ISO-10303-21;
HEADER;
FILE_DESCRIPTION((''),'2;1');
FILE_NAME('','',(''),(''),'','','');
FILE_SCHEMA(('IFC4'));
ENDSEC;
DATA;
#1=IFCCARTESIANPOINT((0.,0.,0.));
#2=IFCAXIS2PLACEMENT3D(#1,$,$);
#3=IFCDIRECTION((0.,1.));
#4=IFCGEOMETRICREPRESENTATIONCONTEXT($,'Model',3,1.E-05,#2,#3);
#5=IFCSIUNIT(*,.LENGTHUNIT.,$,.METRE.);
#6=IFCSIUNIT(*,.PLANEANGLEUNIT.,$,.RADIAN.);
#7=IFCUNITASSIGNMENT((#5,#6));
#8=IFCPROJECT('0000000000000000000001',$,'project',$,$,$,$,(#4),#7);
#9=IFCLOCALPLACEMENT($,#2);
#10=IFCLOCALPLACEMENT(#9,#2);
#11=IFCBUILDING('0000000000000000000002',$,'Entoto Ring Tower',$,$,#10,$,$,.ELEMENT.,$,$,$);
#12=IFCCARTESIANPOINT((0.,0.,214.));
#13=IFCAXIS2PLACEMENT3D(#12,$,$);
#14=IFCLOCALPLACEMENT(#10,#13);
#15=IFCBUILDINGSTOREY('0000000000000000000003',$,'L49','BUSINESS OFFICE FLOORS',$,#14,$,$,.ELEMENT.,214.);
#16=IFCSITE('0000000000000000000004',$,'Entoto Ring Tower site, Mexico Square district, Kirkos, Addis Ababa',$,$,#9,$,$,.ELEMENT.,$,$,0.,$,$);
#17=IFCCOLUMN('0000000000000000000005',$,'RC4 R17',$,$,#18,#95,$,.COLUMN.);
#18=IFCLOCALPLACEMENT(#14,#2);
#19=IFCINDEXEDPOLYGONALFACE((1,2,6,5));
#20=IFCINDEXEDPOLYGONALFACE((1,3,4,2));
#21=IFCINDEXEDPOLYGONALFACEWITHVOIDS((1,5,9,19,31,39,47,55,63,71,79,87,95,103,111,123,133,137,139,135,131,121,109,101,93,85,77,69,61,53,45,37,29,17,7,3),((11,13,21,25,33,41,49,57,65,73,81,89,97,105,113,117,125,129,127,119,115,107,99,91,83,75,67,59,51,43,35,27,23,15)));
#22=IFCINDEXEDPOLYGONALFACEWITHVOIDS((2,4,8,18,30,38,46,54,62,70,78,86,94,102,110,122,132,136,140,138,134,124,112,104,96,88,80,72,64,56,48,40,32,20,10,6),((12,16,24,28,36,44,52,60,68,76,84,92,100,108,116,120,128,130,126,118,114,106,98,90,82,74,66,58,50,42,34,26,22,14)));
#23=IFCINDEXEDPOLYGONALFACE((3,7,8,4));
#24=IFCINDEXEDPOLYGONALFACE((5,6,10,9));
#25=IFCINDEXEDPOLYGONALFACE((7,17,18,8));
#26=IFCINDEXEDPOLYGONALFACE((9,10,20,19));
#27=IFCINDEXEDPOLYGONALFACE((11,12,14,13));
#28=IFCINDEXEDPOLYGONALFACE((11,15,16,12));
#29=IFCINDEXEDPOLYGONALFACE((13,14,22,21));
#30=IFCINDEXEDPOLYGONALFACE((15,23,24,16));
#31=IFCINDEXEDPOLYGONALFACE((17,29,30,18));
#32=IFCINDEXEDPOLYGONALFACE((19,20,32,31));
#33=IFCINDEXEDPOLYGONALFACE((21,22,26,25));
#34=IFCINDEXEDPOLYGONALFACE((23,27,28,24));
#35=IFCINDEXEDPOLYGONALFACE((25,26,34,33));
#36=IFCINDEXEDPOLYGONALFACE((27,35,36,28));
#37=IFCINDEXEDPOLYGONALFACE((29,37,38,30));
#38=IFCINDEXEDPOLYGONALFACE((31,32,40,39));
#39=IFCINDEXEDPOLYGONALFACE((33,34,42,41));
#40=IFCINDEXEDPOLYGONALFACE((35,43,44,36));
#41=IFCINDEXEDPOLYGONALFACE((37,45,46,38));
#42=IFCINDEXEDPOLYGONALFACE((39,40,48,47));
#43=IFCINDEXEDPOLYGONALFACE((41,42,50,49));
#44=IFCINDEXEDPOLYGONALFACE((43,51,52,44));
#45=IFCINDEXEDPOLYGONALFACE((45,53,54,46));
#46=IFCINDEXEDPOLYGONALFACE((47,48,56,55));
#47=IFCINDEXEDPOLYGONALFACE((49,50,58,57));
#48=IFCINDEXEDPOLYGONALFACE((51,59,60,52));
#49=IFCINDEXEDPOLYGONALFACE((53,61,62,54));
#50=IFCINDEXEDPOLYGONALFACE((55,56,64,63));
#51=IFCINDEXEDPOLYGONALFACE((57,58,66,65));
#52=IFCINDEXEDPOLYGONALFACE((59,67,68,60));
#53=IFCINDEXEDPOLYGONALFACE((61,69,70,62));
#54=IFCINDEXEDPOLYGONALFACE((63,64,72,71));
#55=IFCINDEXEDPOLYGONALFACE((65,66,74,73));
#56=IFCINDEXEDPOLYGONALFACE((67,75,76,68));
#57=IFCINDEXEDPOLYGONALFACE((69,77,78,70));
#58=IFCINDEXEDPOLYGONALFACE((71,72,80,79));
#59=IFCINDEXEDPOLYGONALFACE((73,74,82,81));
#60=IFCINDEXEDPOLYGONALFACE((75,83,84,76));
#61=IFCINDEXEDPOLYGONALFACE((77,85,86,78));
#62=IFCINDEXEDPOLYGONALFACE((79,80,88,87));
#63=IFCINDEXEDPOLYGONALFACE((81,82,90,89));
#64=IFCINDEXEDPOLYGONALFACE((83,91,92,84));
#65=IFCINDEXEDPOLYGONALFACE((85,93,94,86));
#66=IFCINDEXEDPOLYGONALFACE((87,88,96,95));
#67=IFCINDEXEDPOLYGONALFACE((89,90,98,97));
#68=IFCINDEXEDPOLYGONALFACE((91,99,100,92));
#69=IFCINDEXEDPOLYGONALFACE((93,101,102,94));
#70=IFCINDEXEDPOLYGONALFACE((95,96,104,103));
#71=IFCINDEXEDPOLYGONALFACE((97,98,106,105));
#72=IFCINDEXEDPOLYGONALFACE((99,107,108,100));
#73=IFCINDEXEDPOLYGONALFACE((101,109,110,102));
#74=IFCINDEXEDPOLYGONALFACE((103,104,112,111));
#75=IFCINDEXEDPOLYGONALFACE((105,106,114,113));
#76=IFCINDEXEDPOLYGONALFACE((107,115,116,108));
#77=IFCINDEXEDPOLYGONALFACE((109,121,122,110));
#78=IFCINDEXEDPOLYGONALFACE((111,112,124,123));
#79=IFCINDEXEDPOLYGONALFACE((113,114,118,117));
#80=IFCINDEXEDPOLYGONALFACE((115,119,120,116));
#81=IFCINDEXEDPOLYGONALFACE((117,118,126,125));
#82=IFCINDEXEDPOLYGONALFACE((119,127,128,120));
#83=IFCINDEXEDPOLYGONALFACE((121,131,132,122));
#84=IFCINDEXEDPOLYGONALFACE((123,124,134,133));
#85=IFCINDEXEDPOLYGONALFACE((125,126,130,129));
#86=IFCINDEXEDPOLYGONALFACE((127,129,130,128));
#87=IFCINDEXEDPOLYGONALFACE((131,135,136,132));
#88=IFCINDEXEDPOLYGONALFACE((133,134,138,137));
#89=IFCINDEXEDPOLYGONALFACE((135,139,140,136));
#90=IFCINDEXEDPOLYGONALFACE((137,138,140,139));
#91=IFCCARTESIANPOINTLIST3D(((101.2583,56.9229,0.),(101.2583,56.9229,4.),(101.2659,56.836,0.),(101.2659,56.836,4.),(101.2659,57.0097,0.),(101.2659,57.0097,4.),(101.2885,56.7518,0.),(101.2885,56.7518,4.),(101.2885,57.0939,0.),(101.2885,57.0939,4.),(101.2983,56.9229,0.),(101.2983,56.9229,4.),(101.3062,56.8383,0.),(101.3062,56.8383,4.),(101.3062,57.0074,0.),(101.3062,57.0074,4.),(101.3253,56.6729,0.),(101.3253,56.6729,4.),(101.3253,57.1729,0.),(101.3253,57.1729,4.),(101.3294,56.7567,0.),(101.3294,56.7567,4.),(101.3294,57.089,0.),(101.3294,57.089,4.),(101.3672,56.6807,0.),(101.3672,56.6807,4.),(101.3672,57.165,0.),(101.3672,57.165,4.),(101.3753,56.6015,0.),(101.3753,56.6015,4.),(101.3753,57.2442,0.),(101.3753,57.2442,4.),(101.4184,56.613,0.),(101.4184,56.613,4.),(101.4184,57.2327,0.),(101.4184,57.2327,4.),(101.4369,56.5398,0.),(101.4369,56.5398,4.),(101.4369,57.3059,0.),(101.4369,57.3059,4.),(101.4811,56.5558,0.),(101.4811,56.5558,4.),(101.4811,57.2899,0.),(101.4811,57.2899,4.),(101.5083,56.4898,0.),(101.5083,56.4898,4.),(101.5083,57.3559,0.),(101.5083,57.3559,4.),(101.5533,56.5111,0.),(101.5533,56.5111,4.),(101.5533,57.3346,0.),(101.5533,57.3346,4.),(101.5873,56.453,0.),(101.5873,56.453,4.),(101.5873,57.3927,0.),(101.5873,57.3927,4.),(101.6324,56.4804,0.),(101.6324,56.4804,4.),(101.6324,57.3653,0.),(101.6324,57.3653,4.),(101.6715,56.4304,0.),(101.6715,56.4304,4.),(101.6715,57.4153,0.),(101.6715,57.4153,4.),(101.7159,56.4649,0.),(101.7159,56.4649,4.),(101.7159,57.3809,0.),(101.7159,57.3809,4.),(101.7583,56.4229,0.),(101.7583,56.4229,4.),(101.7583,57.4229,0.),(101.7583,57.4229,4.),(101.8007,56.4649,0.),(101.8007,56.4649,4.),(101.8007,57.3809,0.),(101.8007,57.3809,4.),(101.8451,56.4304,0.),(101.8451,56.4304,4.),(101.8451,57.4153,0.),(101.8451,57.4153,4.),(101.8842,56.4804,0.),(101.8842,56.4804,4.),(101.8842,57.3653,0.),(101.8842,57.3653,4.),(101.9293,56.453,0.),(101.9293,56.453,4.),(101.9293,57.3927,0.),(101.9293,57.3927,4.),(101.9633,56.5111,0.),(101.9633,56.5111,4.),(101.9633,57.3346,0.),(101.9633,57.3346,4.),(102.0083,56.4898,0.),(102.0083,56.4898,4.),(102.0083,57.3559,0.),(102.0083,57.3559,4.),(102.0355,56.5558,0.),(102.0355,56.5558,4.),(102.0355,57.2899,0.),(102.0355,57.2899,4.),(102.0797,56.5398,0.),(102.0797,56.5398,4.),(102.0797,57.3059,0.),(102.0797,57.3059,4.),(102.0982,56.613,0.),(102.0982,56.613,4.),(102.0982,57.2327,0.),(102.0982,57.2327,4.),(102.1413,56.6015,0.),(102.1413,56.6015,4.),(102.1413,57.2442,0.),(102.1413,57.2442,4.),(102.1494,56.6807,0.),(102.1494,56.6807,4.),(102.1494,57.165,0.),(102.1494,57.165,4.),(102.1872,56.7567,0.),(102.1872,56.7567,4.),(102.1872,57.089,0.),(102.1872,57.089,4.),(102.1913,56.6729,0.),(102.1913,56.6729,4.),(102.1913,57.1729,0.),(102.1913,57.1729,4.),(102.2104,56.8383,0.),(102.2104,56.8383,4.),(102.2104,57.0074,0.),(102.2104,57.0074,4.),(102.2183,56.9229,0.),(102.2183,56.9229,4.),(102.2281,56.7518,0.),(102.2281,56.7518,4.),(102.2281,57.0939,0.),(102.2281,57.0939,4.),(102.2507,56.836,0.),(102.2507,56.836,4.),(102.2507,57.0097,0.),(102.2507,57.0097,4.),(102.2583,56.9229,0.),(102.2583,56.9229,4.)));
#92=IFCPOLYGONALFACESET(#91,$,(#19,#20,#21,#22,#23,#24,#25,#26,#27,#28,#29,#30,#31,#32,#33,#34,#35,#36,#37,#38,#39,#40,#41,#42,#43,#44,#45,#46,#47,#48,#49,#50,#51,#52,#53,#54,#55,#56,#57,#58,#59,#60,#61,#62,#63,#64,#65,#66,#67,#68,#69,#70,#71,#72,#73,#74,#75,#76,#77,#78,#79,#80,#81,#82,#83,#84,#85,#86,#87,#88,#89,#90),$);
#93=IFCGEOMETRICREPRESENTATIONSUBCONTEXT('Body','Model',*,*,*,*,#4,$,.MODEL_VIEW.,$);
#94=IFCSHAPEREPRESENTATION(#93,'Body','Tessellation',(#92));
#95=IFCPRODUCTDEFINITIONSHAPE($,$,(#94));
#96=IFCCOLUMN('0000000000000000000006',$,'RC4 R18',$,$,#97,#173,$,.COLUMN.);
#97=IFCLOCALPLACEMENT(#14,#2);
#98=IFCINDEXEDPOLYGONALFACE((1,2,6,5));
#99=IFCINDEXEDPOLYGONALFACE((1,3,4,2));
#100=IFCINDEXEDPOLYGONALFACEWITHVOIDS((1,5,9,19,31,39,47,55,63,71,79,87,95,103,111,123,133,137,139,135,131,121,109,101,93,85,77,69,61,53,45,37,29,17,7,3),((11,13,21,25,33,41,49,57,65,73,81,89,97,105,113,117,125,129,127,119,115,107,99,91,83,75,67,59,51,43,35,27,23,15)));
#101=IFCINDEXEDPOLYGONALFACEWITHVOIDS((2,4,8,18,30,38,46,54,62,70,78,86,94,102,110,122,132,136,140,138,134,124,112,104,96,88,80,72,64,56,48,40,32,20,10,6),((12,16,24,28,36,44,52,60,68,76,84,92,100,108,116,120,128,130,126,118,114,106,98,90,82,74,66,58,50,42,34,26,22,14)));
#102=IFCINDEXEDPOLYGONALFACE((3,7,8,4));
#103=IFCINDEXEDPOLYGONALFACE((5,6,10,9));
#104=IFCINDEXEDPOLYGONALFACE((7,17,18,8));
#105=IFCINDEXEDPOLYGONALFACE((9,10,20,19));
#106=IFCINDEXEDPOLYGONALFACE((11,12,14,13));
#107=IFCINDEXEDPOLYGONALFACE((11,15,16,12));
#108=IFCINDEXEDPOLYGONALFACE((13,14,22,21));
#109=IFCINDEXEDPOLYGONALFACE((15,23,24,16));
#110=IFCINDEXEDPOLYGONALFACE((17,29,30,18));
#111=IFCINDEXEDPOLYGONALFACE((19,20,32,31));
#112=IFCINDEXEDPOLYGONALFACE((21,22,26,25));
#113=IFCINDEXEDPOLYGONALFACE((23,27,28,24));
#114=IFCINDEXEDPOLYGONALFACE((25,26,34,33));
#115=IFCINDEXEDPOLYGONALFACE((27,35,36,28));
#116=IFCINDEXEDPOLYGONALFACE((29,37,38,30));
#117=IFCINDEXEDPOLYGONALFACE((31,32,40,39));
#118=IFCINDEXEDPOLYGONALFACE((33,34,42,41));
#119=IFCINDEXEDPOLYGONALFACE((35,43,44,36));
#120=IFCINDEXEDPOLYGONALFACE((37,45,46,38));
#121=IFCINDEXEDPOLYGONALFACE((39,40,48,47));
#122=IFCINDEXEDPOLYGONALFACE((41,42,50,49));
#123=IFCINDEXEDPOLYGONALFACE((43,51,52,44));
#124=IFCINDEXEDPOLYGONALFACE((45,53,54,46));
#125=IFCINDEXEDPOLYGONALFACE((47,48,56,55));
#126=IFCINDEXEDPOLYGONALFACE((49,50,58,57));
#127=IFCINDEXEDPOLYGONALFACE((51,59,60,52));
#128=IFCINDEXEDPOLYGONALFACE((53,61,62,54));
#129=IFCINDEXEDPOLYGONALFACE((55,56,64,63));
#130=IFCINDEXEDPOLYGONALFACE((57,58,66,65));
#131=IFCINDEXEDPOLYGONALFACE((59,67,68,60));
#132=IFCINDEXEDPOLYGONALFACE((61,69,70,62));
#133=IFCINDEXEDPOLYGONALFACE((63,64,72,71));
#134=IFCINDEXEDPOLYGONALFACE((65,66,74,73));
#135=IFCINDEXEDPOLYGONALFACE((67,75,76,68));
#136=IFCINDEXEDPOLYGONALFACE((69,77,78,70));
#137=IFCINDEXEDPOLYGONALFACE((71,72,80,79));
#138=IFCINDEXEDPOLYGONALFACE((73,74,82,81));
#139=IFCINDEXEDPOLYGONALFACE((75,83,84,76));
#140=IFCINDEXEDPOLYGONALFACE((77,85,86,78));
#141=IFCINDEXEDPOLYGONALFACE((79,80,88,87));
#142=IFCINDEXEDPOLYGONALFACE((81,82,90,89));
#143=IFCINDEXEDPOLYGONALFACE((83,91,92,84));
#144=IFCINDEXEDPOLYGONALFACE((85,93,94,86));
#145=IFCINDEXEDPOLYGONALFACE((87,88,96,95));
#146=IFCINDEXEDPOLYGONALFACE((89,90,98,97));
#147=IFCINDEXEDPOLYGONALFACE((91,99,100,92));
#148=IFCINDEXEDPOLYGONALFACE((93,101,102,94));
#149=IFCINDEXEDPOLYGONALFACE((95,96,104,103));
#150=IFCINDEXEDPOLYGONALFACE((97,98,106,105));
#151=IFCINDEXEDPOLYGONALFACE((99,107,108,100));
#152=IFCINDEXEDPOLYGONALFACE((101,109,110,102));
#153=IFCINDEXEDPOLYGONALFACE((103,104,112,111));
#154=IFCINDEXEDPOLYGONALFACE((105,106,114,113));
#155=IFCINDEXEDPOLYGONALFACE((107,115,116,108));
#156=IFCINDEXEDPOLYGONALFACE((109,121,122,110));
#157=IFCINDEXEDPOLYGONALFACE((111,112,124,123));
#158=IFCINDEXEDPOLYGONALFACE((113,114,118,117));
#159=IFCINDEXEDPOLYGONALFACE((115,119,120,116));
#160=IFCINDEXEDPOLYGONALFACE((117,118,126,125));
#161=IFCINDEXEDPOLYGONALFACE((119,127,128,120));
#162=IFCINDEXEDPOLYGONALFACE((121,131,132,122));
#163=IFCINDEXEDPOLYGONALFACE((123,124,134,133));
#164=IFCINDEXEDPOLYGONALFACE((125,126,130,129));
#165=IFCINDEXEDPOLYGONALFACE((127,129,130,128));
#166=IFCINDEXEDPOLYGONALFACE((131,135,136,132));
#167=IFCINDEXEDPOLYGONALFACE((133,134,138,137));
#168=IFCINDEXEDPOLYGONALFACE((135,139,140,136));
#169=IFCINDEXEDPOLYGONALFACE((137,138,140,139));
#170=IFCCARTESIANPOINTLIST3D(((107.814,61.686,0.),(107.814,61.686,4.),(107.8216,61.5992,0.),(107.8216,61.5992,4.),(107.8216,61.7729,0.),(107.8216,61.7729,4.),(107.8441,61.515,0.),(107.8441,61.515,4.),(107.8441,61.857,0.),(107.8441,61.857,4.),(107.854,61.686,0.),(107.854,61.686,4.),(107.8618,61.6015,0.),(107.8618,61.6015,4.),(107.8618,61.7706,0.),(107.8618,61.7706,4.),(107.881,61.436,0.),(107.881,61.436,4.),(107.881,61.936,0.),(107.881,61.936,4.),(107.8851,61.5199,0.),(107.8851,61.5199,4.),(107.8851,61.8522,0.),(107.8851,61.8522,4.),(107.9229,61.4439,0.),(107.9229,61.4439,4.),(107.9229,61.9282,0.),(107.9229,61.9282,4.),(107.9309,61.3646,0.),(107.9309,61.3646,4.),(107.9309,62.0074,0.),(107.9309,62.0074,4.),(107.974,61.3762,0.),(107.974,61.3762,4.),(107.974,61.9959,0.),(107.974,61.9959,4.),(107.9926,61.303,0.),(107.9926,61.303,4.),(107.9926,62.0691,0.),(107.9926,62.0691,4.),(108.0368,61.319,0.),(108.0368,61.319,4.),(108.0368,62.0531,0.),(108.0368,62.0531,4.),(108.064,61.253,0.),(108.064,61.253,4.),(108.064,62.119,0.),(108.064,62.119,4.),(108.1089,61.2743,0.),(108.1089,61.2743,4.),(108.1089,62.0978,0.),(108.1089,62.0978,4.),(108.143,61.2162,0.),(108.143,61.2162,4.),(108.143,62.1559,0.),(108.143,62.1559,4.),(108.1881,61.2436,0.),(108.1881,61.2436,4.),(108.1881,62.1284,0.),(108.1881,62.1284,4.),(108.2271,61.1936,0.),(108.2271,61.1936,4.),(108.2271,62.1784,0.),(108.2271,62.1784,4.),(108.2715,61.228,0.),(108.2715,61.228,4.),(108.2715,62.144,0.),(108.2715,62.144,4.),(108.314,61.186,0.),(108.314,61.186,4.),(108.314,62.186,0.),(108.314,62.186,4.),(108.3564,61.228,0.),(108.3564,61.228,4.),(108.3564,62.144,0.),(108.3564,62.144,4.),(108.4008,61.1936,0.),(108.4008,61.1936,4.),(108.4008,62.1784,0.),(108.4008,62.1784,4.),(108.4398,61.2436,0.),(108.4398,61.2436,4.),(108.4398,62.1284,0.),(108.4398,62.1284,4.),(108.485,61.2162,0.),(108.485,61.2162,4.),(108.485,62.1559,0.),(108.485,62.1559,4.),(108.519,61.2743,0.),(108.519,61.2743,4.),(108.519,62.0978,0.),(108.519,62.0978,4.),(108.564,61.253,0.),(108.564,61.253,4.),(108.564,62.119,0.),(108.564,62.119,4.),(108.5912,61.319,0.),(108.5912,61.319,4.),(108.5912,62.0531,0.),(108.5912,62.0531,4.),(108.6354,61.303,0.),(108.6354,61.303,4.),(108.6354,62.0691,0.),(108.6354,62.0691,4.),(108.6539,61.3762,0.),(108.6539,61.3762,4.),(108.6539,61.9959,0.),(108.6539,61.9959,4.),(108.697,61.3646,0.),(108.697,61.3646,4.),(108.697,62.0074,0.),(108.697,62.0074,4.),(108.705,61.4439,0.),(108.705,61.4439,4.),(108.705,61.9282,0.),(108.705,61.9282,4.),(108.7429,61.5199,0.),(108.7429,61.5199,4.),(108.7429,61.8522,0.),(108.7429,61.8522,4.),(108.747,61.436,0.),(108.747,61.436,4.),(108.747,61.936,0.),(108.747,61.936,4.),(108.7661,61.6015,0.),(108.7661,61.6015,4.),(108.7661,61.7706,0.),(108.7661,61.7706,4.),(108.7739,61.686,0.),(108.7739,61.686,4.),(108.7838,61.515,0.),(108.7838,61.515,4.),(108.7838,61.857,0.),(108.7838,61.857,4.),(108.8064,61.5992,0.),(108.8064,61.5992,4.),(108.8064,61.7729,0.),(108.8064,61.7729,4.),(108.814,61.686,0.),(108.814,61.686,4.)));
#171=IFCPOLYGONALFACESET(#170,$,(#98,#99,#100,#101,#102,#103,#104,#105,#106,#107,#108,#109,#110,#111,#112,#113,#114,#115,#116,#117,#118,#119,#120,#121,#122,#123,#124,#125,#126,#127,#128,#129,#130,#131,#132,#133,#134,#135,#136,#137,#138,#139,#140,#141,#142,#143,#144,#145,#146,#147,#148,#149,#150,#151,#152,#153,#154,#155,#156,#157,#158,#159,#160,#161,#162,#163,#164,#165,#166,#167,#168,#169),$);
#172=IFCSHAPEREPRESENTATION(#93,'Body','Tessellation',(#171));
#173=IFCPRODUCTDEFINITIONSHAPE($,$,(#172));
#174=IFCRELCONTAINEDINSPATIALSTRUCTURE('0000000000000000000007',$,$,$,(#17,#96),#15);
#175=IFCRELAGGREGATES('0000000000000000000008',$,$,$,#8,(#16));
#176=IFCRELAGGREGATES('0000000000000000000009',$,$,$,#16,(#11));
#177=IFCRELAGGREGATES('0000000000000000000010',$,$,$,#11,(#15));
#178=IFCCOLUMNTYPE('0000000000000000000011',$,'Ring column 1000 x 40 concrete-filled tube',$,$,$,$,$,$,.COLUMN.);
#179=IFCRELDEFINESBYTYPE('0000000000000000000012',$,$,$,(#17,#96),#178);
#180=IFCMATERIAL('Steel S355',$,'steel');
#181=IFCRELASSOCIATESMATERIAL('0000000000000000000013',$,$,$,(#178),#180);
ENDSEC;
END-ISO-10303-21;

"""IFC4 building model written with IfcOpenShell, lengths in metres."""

from ifc_helpers import new_model, si_unit, direction, frame, origin, origin_2d, place, context, subcontext, project, spatial, circle, hollow_circle, extrude, material, material_profile, profile_set, type_object, element, save


model = new_model("IFC4")

# Units and contexts
model_context = context("Model", 3, precision=1e-05, world=origin(), true_north=direction((0.0, 1.0)))
body_context = subcontext(model_context, "Body", "Model", "MODEL_VIEW")
ifc_project = project(units=[si_unit("LENGTHUNIT", "METRE"), si_unit("PLANEANGLEUNIT", "RADIAN")], contexts=[model_context])

# Site, building, storey
site_placement = place(None, origin())
site = spatial("IfcSite", under=ifc_project, at=site_placement, Name="Entoto Ring Tower site, Mexico Square district, Kirkos, Addis Ababa", CompositionType="ELEMENT", RefElevation=0.0)
building_placement = place(site_placement, origin())
building = spatial("IfcBuilding", under=site, at=building_placement, Name="Entoto Ring Tower", CompositionType="ELEMENT")
storey_placement = place(building_placement, frame((0.0, 0.0, 214.0)))
storey = spatial("IfcBuildingStorey", under=building, at=storey_placement, Name="L49", Description="BUSINESS OFFICE FLOORS", CompositionType="ELEMENT", Elevation=214.0)

# Columns
ifc_material_1 = material(Name="Steel S355", Category="steel")
ifc_material_profile_1 = material_profile(ifc_material_1, hollow_circle(Radius=0.5, WallThickness=0.04, at=origin_2d()), Name="CHS 1000 x 40")
ifc_material_2 = material(Name="Concrete C60/75", Category="concrete")
ifc_material_profile_2 = material_profile(ifc_material_2, circle(Radius=0.46, at=origin_2d()), Name="Concrete C60/75 infill")
ifc_profile_set_1 = profile_set([ifc_material_profile_1, ifc_material_profile_2], Name="Steel S355")
column_type = type_object("IfcColumnType", Name="Ring column 1000 x 40 concrete-filled tube", PredefinedType="COLUMN", material=ifc_profile_set_1)
for number, where, z_axis, x_axis, name in (
    (1, (101.7583, 56.9229, 0.0), (0.0, 0.0, 1.0), (1.0, 0.0, 0.0), "RC4 R17"),
    (2, (108.314, 61.686, 0.0), (0.0, 0.0, 1.0), (1.0, 0.0, 0.0), "RC4 R18"),
):
    element("IfcColumn", number, at=place(storey_placement, frame(where, z_axis=z_axis, x_axis=x_axis)), inside=storey, type_object=column_type, Name=name, PredefinedType="COLUMN", context=body_context, shape_type="SweptSolid", body=[
        extrude(hollow_circle(Radius=0.5, WallThickness=0.04, at=origin_2d()), origin(), (0.0, 0.0, 1.0), 4.0),
    ])

save(model, "model.ifc")
